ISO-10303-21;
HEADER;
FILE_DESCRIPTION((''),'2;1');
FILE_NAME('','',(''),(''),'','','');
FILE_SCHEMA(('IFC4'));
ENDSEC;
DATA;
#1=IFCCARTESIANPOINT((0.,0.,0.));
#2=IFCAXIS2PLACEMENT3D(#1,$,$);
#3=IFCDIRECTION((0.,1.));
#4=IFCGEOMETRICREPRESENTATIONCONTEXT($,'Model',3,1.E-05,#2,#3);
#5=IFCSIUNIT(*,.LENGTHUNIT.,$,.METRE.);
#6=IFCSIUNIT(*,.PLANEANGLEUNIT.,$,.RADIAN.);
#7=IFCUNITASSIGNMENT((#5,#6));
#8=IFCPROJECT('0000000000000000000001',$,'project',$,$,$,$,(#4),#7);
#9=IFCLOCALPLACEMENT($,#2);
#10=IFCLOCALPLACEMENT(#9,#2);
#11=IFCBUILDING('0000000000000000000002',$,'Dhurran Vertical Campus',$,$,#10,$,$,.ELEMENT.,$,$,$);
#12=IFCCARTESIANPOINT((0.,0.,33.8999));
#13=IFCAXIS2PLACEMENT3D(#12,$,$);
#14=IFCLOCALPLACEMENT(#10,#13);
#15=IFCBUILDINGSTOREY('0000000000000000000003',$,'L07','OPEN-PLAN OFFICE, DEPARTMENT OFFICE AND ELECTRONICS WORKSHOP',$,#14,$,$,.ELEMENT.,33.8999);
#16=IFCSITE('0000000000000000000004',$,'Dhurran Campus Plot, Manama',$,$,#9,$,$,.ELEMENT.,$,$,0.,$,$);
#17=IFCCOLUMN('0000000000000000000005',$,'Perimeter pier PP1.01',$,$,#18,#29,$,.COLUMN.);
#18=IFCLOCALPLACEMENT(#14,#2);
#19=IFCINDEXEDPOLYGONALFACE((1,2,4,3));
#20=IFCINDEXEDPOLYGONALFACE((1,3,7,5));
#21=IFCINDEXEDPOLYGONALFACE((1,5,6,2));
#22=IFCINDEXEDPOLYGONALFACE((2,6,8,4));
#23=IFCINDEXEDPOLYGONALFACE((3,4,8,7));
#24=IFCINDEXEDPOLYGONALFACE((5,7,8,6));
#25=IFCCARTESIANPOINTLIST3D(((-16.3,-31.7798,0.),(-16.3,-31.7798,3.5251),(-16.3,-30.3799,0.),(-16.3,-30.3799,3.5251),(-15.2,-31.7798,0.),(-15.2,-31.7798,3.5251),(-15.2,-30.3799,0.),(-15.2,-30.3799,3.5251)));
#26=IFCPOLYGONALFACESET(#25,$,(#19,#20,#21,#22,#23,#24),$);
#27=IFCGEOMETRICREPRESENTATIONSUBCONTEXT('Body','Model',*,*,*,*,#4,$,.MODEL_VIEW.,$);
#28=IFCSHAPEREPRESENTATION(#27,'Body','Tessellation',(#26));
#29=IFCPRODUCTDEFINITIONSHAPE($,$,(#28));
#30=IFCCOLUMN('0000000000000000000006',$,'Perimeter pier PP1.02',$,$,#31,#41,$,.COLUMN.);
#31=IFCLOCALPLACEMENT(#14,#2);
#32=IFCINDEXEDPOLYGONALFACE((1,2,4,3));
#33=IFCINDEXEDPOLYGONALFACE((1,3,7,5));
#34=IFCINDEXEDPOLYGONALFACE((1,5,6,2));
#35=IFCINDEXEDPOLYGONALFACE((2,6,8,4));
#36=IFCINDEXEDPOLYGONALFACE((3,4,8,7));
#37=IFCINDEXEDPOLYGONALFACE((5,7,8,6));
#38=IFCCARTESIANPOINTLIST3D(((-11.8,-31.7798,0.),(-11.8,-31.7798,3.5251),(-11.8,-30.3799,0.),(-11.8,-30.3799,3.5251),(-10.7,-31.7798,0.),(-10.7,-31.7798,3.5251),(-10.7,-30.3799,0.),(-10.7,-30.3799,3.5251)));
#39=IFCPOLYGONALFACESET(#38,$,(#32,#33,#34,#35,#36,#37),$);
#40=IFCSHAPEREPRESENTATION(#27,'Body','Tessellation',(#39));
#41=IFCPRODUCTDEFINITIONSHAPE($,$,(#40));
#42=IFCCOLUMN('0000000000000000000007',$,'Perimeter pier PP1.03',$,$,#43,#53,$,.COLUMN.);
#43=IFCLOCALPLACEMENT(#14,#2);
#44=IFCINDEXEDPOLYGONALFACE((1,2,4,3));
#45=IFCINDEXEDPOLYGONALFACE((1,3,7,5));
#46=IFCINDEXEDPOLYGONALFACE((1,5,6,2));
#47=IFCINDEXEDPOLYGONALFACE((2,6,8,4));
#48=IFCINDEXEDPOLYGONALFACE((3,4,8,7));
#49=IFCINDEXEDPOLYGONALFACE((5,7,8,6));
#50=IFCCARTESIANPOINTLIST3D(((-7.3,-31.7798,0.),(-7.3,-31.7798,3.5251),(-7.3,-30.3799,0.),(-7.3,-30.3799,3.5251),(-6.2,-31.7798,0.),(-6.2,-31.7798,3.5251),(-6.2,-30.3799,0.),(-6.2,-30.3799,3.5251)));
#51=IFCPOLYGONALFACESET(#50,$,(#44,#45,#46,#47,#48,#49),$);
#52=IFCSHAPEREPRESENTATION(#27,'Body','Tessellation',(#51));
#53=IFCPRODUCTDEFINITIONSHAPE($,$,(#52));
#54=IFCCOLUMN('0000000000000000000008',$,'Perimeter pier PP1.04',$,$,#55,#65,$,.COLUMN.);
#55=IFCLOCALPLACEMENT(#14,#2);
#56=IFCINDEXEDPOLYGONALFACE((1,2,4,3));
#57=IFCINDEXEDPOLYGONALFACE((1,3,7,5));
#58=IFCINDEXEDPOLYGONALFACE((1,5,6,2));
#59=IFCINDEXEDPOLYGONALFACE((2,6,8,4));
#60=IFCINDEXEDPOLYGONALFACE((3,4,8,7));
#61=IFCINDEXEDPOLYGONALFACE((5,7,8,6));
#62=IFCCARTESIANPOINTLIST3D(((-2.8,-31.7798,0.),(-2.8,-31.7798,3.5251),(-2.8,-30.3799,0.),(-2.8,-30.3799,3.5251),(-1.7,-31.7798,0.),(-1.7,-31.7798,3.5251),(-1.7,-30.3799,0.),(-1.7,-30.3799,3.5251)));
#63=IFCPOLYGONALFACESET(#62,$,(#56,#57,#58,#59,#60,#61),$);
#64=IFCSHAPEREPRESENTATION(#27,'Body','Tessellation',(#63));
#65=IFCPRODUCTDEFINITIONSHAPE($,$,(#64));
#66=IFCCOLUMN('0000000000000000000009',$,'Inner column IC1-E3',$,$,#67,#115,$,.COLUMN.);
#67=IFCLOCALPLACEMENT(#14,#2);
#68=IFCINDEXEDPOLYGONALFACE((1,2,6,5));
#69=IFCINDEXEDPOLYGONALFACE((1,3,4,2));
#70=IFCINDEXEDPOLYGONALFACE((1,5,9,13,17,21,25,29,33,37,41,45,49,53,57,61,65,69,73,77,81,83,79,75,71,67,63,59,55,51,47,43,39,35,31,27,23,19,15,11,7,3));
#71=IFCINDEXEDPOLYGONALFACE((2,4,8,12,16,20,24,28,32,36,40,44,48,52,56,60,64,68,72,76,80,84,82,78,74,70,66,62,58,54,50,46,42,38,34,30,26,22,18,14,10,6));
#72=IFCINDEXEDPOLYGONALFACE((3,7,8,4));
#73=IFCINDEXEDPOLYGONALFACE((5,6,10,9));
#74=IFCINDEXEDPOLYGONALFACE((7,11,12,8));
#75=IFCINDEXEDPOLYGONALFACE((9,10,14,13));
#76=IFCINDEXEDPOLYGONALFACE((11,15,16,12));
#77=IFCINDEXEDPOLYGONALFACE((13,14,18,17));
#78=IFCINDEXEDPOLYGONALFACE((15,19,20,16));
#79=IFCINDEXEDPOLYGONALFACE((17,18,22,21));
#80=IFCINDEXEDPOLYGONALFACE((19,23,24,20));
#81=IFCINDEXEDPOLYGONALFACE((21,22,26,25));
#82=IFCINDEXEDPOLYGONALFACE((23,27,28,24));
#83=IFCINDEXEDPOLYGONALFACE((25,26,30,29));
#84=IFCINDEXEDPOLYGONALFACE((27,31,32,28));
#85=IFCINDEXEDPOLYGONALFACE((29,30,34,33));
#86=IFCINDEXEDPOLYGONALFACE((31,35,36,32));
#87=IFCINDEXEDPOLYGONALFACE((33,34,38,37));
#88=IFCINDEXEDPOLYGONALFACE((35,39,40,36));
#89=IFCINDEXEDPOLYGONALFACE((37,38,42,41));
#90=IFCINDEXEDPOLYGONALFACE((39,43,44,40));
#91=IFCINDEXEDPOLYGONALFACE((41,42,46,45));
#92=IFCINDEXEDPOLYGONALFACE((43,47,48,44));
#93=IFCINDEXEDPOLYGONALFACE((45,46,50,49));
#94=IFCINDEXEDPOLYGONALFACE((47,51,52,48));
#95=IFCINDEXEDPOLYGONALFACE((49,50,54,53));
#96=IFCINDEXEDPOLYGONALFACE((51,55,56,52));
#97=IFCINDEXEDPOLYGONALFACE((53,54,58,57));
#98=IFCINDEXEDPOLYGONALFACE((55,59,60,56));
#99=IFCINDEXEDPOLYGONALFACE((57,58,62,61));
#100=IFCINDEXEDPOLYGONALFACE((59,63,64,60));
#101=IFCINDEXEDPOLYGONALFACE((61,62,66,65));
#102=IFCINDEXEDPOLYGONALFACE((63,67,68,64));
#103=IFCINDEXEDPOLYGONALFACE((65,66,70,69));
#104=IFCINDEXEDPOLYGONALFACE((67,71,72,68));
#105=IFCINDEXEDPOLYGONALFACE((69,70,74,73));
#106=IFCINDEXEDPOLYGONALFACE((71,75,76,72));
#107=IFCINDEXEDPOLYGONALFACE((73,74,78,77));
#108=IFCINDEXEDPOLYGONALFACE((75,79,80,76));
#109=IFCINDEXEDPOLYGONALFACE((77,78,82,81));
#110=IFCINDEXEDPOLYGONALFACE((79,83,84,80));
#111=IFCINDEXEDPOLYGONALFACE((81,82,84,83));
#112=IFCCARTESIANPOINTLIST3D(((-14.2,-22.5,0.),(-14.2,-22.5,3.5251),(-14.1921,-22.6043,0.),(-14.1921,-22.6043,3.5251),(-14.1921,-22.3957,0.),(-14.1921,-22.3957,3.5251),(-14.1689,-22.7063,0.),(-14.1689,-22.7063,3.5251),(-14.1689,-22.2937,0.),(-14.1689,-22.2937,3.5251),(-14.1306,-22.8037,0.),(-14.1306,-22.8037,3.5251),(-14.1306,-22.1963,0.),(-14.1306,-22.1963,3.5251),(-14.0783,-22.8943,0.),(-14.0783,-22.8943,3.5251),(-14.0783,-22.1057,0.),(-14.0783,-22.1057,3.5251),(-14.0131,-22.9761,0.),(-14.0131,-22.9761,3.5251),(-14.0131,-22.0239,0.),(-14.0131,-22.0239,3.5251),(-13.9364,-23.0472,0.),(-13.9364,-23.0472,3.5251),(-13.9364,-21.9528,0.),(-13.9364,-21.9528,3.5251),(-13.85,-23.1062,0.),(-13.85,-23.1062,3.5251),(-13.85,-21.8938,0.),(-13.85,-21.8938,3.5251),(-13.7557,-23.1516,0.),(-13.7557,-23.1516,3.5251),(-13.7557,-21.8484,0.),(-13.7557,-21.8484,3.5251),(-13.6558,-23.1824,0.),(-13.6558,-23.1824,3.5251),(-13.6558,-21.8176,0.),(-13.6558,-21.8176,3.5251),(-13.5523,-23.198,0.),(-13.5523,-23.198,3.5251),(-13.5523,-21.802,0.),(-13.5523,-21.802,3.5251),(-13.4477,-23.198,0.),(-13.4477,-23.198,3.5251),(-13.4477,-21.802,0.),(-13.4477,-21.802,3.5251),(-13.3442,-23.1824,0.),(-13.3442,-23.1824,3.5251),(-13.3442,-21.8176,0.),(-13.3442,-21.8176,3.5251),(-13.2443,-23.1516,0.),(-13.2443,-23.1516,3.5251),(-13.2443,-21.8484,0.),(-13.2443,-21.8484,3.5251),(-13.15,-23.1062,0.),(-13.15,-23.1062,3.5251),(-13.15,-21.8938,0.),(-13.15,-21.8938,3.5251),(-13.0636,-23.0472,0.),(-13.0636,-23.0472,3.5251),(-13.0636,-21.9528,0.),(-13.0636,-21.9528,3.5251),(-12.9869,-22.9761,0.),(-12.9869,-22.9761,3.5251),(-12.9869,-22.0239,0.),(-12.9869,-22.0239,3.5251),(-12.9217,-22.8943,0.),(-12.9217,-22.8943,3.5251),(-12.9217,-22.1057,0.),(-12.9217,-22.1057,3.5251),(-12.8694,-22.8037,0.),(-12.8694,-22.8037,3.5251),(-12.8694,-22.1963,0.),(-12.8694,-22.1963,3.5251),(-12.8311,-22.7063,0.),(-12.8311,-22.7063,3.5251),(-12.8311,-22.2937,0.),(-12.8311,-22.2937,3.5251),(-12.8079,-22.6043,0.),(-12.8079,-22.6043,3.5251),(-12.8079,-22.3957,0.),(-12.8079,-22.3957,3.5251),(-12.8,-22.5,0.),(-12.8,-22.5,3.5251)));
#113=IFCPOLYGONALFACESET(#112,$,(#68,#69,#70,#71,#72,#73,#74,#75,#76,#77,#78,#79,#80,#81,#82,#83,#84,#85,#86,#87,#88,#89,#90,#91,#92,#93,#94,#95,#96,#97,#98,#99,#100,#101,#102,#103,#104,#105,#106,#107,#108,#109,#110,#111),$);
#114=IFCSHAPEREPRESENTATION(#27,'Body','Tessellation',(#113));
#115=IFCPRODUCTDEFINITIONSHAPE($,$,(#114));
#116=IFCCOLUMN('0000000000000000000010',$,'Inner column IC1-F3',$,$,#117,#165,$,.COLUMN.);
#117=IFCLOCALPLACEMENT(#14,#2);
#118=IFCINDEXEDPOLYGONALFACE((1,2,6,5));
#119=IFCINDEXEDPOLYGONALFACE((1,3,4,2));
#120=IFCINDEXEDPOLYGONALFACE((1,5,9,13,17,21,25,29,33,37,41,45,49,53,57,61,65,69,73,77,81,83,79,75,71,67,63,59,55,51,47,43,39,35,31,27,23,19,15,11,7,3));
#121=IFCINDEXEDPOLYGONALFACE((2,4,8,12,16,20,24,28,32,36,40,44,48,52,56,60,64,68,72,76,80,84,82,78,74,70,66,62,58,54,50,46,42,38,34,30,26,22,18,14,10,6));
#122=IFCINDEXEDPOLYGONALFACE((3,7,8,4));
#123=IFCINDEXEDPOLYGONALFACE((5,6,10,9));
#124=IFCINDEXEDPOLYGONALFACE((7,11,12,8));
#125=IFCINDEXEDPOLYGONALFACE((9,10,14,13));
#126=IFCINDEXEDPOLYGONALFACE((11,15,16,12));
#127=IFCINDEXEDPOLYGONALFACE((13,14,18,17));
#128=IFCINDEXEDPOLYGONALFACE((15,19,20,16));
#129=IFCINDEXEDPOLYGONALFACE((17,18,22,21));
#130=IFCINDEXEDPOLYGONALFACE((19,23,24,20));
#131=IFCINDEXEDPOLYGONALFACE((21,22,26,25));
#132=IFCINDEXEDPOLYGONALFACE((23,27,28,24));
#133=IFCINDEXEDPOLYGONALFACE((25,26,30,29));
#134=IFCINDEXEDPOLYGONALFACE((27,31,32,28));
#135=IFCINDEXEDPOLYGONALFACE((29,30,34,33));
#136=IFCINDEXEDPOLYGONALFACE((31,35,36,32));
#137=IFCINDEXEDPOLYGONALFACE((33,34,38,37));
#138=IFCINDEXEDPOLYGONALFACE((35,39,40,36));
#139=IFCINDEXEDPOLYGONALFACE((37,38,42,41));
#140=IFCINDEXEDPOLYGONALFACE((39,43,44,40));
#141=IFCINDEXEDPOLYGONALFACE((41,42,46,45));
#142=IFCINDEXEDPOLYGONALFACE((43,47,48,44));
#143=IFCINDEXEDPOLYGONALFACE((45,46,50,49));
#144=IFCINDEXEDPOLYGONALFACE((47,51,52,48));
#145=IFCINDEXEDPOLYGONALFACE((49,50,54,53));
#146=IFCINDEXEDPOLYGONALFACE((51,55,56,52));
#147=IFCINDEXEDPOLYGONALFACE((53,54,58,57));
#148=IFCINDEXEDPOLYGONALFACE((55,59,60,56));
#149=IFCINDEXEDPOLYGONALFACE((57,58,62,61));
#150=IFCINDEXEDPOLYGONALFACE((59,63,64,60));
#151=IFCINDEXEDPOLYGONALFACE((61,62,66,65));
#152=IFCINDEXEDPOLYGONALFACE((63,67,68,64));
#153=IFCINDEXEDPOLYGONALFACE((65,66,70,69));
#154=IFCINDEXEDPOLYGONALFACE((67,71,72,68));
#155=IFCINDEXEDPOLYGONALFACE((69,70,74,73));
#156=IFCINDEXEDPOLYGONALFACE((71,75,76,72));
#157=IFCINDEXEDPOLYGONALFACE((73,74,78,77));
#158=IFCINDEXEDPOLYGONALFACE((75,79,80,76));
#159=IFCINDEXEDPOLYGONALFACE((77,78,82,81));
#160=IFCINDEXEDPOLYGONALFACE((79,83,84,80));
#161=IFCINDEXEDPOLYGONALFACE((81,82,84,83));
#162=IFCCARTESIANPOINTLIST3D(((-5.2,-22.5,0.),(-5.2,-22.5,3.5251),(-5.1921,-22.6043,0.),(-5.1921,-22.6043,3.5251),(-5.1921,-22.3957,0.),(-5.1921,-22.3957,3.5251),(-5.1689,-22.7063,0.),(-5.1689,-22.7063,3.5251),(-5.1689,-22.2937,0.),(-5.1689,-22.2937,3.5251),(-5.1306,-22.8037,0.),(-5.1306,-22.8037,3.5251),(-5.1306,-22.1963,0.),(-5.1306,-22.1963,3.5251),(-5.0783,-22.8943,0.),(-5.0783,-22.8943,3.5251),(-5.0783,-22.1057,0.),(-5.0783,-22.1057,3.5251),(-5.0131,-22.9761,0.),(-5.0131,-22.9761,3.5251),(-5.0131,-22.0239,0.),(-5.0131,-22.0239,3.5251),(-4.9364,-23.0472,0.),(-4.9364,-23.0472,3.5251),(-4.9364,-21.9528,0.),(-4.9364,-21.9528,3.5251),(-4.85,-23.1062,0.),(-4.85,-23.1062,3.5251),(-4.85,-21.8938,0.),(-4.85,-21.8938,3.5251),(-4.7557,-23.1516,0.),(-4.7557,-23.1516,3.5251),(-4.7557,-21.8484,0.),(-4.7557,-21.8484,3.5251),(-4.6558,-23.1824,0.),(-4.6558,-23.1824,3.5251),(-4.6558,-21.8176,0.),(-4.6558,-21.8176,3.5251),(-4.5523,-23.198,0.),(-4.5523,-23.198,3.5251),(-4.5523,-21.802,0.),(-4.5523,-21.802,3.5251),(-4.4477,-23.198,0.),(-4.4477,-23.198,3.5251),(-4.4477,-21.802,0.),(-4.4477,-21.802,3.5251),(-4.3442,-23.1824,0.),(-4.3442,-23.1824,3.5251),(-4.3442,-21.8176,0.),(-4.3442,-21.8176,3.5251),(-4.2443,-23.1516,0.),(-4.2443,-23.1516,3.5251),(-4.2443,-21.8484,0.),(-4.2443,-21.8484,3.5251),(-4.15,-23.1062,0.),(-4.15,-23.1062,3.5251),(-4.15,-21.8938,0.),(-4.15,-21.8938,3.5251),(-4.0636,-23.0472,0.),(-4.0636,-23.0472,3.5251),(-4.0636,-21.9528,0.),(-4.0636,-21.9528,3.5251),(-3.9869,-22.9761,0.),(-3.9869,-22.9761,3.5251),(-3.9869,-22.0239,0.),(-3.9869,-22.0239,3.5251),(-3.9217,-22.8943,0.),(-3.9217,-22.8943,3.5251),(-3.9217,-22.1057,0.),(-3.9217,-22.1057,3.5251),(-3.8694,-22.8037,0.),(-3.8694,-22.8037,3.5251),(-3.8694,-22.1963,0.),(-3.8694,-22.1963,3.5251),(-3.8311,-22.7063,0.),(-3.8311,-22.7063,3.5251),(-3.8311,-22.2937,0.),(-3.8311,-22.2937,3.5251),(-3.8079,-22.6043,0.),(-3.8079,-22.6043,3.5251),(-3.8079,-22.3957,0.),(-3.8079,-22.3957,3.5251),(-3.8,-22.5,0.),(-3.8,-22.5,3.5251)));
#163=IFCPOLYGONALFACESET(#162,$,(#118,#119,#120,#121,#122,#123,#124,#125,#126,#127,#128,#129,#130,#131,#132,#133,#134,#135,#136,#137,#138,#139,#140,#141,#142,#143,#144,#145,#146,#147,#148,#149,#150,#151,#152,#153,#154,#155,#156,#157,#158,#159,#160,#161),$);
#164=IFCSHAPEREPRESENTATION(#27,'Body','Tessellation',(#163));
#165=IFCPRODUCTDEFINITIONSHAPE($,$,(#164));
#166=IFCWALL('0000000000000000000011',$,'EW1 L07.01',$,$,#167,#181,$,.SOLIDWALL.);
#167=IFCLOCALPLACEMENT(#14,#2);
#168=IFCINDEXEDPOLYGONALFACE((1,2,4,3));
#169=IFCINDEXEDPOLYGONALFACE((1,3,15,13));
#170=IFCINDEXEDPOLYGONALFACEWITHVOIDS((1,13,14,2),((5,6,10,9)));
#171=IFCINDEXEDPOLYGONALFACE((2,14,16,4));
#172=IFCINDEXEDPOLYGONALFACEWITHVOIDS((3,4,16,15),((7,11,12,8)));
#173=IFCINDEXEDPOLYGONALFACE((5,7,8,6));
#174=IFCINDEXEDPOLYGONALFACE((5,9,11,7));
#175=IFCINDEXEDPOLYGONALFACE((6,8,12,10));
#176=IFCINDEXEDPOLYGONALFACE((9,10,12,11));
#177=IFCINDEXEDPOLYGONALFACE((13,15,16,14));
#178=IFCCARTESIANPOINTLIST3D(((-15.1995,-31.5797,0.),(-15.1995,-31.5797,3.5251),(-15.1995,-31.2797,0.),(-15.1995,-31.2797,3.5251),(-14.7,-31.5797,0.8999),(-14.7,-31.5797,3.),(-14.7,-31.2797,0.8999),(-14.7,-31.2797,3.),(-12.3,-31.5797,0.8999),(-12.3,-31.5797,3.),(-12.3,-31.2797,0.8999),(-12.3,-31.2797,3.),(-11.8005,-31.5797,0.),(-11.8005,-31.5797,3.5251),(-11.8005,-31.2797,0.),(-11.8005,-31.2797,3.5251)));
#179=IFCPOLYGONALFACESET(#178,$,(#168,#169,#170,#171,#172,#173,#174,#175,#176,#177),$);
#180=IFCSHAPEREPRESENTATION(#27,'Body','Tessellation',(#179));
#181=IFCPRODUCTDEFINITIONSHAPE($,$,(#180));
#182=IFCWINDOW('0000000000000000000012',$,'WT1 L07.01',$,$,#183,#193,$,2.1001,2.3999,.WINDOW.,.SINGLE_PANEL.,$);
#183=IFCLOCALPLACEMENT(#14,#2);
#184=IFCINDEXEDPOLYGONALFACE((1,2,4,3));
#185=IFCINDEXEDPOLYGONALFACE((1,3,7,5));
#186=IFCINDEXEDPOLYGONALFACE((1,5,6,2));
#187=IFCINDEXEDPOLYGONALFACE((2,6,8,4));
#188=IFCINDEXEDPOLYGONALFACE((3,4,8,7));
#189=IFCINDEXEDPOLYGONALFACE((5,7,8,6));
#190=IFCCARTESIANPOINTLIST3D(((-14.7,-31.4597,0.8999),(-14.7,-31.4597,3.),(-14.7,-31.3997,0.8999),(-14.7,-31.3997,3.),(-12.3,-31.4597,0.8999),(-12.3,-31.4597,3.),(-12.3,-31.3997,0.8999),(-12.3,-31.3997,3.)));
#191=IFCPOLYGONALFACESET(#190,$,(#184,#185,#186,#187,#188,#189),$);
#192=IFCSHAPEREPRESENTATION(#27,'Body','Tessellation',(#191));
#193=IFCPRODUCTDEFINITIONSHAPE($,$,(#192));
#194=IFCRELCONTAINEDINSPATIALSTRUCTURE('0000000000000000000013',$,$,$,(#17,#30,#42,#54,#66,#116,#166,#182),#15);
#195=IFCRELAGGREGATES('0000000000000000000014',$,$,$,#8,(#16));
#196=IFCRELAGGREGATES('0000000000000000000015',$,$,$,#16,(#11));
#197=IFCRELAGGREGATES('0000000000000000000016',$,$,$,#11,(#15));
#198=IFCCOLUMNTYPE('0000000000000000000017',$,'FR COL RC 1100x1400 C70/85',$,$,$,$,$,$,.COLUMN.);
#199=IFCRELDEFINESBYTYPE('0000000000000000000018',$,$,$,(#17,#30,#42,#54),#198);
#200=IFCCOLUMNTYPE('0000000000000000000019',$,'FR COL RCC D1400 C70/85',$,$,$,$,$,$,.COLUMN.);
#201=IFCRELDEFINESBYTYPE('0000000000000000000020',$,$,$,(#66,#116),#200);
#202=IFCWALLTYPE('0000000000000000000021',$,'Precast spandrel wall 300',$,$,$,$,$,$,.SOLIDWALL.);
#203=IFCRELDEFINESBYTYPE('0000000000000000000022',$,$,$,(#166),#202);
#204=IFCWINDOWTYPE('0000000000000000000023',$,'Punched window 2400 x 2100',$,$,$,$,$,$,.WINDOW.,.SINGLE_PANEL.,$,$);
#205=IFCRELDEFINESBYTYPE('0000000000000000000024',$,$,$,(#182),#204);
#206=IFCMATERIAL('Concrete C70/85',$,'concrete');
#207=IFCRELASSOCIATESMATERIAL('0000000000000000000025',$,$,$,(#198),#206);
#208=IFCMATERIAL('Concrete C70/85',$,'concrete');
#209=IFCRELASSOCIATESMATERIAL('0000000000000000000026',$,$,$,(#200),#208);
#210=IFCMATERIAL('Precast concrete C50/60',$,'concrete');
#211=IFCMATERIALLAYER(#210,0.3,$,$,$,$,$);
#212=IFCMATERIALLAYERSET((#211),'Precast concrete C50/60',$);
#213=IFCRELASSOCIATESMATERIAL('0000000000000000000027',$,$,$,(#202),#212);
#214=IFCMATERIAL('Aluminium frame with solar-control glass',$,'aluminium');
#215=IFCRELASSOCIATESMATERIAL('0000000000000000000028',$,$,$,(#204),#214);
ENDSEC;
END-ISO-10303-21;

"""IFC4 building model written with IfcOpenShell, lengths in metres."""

from ifc_helpers import new_model, si_unit, direction, frame, frame_2d, origin, origin_2d, place, context, subcontext, project, spatial, rectangle, circle, extrude, material, layer, layer_set, material_profile, profile_set, type_object, element, fill, save


model = new_model("IFC4")

# Units and contexts
model_context = context("Model", 3, precision=1e-05, world=origin(), true_north=direction((0.0, 1.0)))
body_context = subcontext(model_context, "Body", "Model", "MODEL_VIEW")
ifc_project = project(units=[si_unit("LENGTHUNIT", "METRE"), si_unit("PLANEANGLEUNIT", "RADIAN")], contexts=[model_context])

# Site, building, storey
site_placement = place(None, origin())
site = spatial("IfcSite", under=ifc_project, at=site_placement, Name="Dhurran Campus Plot, Manama", CompositionType="ELEMENT", RefElevation=0.0)
building_placement = place(site_placement, origin())
building = spatial("IfcBuilding", under=site, at=building_placement, Name="Dhurran Vertical Campus", CompositionType="ELEMENT")
storey_placement = place(building_placement, frame((0.0, 0.0, 33.8999)))
storey = spatial("IfcBuildingStorey", under=building, at=storey_placement, Name="L07", Description="OPEN-PLAN OFFICE, DEPARTMENT OFFICE AND ELECTRONICS WORKSHOP", CompositionType="ELEMENT", Elevation=33.8999)

# Columns
ifc_material_1 = material(Name="Concrete C70/85", Category="concrete")
ifc_material_profile_1 = material_profile(ifc_material_1, rectangle(XDim=1.1001, YDim=1.3999, at=origin_2d()), Name="RC 1100x1400")
ifc_profile_set_1 = profile_set([ifc_material_profile_1], Name="Concrete C70/85")
column_type_1 = type_object("IfcColumnType", Name="FR COL RC 1100x1400 C70/85", PredefinedType="COLUMN", material=ifc_profile_set_1)
for number, where, z_axis, x_axis, name in (
    (1, (-15.75, -31.0798, 0.0), (0.0, 0.0, 1.0), (1.0, 0.0, 0.0), "Perimeter pier PP1.01"),
    (2, (-11.25, -31.0798, 0.0), (0.0, 0.0, 1.0), (1.0, 0.0, 0.0), "Perimeter pier PP1.02"),
    (3, (-6.75, -31.0798, 0.0), (0.0, 0.0, 1.0), (1.0, 0.0, 0.0), "Perimeter pier PP1.03"),
    (4, (-2.25, -31.0798, 0.0), (0.0, 0.0, 1.0), (1.0, 0.0, 0.0), "Perimeter pier PP1.04"),
):
    element("IfcColumn", number, at=place(storey_placement, frame(where, z_axis=z_axis, x_axis=x_axis)), inside=storey, type_object=column_type_1, Name=name, PredefinedType="COLUMN", context=body_context, shape_type="SweptSolid", body=[
        extrude(rectangle(XDim=1.1001, YDim=1.3999, at=origin_2d()), origin(), (0.0, 0.0, 1.0), 3.5251),
    ])
ifc_material_2 = material(Name="Concrete C70/85", Category="concrete")
ifc_material_profile_2 = material_profile(ifc_material_2, circle(Radius=0.7, at=origin_2d()), Name="RCC D1400")
ifc_profile_set_2 = profile_set([ifc_material_profile_2], Name="Concrete C70/85")
column_type_2 = type_object("IfcColumnType", Name="FR COL RCC D1400 C70/85", PredefinedType="COLUMN", material=ifc_profile_set_2)
for number, where, z_axis, x_axis, name in (
    (5, (-13.5, -22.5, 0.0), (0.0, 0.0, 1.0), (1.0, 0.0, 0.0), "Inner column IC1-E3"),
    (6, (-4.5, -22.5, 0.0), (0.0, 0.0, 1.0), (1.0, 0.0, 0.0), "Inner column IC1-F3"),
):
    element("IfcColumn", number, at=place(storey_placement, frame(where, z_axis=z_axis, x_axis=x_axis)), inside=storey, type_object=column_type_2, Name=name, PredefinedType="COLUMN", context=body_context, shape_type="SweptSolid", body=[
        extrude(circle(Radius=0.7, at=origin_2d()), origin(), (0.0, 0.0, 1.0), 3.5251),
    ])

# Wall, opening, window
ifc_material_3 = material(Name="Precast concrete C50/60", Category="concrete")
ifc_layer_1 = layer(ifc_material_3, 0.3)
ifc_layer_set_1 = layer_set([ifc_layer_1], Name="Precast concrete C50/60")
wall_type_1 = type_object("IfcWallType", Name="Precast spandrel wall 300", PredefinedType="SOLIDWALL", material=ifc_layer_set_1)
wall_1_placement = place(storey_placement, frame((-15.1995, -31.4297, 0.0), z_axis=(0.0, 0.0, 1.0), x_axis=(1.0, 0.0, 0.0)))
wall_1 = element("IfcWall", 7, at=wall_1_placement, inside=storey, type_object=wall_type_1, Name="EW1 L07.01", PredefinedType="SOLIDWALL", context=body_context, shape_type="SweptSolid", body=[
    extrude(rectangle(XDim=3.3989, YDim=0.3, at=frame_2d((1.6995, 0.0))), origin(), (0.0, 0.0, 1.0), 3.5251),
])
opening_1_placement = place(wall_1_placement, frame((0.4995, 0.0, 0.8999)))
opening_1 = element("IfcOpeningElement", 8, at=opening_1_placement, cuts=wall_1, PredefinedType="OPENING", context=body_context, shape_type="SweptSolid", body=[
    extrude(rectangle(XDim=2.3999, YDim=2.1001, at=frame_2d((1.2, 1.05))), frame((0.0, 0.1599, 0.0), z_axis=(0.0, -1.0, 0.0), x_axis=(1.0, 0.0, 0.0)), (0.0, 0.0, 1.0), 0.3201),
])
ifc_material_4 = material(Name="Aluminium frame with solar-control glass", Category="aluminium")
window_type = type_object("IfcWindowType", Name="Punched window 2400 x 2100", PartitioningType="SINGLE_PANEL", PredefinedType="WINDOW", material=ifc_material_4)
window_1_placement = place(opening_1_placement, origin())
window_1 = element("IfcWindow", 9, at=window_1_placement, inside=storey, type_object=window_type, Name="WT1 L07.01", OverallHeight=2.1001, OverallWidth=2.3999, PartitioningType="SINGLE_PANEL", PredefinedType="WINDOW", context=body_context, shape_type="SweptSolid", body=[
    extrude(rectangle(XDim=2.3999, YDim=2.1001, at=frame_2d((1.2, 1.05))), frame((0.0, 0.03, 0.0), z_axis=(0.0, -1.0, 0.0), x_axis=(1.0, 0.0, 0.0)), (0.0, 0.0, 1.0), 0.0601),
])
fill(opening_1, window_1)

save(model, "model.ifc")
